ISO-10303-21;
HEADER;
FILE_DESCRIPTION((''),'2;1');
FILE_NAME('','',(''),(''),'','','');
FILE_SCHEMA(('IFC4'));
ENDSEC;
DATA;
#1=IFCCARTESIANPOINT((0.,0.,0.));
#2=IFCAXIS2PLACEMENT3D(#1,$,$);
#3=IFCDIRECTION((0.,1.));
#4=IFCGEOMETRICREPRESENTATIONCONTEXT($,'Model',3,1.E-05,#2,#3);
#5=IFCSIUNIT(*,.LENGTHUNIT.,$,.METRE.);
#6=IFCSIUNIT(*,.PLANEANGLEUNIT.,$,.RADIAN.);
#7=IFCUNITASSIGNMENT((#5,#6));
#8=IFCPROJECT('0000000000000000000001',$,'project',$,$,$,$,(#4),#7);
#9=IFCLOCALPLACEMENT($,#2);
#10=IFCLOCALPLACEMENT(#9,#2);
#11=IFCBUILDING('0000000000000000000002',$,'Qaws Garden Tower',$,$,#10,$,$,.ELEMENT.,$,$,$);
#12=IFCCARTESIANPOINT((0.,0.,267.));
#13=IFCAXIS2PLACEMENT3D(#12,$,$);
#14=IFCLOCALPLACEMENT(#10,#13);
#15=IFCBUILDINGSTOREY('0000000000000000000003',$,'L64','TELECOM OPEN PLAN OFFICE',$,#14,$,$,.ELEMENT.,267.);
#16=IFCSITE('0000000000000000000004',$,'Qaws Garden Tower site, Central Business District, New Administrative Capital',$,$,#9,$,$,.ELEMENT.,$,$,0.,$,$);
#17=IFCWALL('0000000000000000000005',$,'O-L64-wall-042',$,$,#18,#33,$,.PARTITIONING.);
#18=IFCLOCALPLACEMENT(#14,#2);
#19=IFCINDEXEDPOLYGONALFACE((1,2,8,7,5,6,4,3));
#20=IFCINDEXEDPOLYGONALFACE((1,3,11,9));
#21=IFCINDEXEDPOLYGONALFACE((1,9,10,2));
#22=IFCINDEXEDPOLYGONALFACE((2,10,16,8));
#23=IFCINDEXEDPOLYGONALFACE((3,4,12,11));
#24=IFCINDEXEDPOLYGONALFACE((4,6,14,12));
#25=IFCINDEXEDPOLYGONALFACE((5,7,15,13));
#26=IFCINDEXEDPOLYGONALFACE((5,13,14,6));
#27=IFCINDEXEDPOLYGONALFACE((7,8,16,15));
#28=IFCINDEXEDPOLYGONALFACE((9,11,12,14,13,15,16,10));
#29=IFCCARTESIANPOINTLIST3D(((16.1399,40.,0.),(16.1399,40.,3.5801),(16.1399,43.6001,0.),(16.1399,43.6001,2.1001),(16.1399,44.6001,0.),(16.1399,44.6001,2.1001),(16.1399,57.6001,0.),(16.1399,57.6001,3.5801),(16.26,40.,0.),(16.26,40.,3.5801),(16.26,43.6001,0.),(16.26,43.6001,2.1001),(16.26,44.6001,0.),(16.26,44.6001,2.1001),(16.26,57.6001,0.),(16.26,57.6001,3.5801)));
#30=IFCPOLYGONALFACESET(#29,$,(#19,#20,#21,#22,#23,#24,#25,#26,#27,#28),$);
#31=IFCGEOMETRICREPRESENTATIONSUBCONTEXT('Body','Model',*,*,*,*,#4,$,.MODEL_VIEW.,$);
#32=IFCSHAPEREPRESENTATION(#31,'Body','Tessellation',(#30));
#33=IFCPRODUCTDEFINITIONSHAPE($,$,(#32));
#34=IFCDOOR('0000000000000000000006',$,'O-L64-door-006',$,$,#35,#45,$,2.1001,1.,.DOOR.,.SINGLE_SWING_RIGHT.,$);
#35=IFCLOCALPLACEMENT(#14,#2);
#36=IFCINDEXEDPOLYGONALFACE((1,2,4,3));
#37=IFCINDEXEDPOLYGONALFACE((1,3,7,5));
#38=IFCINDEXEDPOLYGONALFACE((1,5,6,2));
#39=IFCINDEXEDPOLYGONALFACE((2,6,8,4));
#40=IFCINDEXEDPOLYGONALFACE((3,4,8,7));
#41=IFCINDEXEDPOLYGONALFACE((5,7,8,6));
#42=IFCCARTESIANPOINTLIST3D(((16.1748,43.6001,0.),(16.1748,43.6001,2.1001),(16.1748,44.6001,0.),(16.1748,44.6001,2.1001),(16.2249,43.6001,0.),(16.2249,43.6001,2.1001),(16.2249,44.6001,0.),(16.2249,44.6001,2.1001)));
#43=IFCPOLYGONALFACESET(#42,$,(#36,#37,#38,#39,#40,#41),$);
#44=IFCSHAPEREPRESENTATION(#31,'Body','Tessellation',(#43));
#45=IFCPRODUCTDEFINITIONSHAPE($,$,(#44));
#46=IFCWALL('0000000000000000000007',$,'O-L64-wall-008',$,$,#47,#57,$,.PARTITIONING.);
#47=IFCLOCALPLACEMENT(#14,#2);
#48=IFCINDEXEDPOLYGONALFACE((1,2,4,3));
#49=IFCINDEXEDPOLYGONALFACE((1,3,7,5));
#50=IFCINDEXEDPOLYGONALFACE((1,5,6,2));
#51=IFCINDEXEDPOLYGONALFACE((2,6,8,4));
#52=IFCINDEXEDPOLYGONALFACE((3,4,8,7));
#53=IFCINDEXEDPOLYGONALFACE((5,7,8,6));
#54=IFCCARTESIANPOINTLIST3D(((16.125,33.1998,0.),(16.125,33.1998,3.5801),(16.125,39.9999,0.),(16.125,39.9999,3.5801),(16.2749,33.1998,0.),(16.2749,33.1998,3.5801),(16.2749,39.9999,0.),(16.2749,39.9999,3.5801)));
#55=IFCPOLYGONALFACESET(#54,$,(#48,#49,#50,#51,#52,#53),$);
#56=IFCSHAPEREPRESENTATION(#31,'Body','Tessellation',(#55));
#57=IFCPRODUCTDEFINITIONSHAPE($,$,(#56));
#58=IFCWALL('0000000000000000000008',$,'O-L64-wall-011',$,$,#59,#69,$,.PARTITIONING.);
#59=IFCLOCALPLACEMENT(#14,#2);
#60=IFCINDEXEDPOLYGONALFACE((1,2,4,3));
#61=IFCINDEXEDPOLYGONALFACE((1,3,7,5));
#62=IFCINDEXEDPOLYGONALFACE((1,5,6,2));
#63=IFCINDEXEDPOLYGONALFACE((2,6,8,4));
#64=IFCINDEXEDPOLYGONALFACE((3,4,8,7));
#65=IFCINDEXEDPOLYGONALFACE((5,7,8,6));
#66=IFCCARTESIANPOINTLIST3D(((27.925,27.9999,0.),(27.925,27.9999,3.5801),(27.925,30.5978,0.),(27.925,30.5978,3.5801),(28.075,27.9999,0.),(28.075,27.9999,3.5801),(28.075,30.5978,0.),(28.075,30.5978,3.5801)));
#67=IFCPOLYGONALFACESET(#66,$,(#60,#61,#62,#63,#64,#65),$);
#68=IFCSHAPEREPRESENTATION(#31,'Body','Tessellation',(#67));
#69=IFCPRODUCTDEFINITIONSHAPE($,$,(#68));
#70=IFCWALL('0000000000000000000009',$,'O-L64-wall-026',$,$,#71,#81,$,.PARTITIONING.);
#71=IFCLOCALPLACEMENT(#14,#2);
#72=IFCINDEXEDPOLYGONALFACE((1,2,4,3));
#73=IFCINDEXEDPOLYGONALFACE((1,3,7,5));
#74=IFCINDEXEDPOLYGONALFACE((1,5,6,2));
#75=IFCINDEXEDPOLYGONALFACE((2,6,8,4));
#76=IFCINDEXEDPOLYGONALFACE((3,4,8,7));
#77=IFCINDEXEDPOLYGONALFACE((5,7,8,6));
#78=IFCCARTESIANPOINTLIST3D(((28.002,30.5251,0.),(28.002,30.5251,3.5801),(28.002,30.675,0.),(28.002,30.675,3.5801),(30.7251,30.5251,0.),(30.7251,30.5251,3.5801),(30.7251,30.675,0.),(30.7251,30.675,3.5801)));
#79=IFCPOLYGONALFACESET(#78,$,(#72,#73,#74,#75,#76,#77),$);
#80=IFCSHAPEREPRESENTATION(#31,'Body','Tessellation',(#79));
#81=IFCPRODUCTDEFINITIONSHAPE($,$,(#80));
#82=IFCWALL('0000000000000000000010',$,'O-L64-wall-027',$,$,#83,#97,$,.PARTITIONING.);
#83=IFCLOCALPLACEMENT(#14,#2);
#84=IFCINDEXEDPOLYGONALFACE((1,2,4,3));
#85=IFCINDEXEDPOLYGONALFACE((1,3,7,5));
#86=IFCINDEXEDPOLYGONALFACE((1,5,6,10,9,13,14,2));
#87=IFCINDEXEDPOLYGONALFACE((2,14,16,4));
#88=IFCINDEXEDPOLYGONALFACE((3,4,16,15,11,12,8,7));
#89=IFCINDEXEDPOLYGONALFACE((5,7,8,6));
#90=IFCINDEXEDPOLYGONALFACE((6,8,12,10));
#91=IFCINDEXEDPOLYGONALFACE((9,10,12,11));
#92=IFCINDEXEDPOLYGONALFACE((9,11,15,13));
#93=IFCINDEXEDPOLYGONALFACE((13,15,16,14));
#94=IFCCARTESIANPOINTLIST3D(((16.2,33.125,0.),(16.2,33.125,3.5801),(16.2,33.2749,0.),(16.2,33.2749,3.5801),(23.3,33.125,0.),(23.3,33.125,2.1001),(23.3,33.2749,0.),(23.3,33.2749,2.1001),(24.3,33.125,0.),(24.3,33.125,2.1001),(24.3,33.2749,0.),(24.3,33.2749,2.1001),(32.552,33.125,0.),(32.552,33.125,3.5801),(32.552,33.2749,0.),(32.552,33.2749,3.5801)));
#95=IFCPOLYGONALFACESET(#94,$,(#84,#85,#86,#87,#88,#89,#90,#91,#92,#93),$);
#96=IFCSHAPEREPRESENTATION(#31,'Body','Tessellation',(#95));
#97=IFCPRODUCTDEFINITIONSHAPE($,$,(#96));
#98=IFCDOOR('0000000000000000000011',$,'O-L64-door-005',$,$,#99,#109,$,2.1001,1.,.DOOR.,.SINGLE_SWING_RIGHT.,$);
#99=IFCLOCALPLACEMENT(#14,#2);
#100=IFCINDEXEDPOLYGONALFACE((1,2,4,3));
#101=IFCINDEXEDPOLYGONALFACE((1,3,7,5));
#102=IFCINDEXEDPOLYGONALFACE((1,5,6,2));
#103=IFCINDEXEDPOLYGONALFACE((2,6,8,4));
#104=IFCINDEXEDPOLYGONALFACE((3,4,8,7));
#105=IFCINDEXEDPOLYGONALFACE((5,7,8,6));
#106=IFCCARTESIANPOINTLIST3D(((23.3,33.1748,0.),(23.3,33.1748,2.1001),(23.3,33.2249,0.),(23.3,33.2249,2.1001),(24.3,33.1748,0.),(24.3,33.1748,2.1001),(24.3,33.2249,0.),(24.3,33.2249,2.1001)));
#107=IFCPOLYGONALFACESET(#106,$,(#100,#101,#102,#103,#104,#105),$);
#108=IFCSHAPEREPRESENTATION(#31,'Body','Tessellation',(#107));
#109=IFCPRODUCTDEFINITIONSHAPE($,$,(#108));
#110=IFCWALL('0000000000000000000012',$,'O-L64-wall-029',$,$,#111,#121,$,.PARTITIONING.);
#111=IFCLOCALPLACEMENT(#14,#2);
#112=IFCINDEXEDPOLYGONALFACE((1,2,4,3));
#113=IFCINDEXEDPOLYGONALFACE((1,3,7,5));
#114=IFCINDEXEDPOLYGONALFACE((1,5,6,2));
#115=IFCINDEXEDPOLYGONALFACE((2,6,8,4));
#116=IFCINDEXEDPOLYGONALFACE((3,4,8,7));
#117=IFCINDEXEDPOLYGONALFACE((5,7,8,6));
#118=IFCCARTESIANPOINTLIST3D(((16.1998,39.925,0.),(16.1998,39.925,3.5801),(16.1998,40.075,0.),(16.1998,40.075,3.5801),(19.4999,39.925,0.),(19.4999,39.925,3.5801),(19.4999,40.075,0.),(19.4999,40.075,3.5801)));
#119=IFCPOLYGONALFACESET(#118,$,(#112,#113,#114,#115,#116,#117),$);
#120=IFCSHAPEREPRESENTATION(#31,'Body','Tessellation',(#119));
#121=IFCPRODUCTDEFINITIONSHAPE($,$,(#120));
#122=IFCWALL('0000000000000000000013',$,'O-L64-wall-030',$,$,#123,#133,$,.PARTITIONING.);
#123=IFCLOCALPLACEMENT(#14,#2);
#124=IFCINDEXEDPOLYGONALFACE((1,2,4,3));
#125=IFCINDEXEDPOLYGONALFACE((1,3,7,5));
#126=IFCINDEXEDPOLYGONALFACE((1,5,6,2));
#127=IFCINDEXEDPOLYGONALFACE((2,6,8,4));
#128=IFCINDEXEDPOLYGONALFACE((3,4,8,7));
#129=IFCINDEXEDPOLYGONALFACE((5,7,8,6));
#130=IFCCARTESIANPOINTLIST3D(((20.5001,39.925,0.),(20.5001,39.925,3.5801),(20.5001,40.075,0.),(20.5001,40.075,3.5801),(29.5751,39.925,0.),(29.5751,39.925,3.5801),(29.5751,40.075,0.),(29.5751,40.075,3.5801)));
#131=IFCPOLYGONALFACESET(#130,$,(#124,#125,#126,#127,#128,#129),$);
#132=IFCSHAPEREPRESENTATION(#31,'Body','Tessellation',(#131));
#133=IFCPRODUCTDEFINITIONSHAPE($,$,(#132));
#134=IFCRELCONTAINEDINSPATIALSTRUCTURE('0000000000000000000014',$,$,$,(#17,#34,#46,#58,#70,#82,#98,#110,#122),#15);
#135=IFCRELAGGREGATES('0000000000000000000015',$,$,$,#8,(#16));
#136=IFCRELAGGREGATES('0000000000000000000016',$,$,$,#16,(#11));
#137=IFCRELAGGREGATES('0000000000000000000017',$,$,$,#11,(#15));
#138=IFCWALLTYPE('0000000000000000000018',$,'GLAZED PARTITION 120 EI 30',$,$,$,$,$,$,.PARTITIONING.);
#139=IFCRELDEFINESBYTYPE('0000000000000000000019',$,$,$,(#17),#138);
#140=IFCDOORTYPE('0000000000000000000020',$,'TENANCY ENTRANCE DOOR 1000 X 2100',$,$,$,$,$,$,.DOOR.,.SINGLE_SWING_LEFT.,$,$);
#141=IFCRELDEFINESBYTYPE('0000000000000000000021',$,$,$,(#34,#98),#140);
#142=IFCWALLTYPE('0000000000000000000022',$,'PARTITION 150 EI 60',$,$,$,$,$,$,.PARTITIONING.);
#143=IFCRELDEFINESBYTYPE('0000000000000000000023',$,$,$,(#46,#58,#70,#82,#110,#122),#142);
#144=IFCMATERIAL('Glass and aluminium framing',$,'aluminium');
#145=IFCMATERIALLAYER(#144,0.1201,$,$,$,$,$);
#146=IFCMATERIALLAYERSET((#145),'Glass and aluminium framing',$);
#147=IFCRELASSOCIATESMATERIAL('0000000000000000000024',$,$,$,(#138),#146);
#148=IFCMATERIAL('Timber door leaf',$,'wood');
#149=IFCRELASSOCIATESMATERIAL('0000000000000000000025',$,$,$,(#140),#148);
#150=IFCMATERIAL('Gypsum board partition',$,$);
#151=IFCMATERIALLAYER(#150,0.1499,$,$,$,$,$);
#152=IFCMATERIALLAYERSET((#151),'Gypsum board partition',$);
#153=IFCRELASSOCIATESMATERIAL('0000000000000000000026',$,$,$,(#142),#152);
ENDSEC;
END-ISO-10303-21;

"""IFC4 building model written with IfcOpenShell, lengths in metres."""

from ifc_helpers import new_model, si_unit, direction, frame, frame_2d, origin, place, context, subcontext, project, spatial, rectangle, extrude, material, layer, layer_set, type_object, element, fill, save


model = new_model("IFC4")

# Units and contexts
model_context = context("Model", 3, precision=1e-05, world=origin(), true_north=direction((0.0, 1.0)))
body_context = subcontext(model_context, "Body", "Model", "MODEL_VIEW")
ifc_project = project(units=[si_unit("LENGTHUNIT", "METRE"), si_unit("PLANEANGLEUNIT", "RADIAN")], contexts=[model_context])

# Site, building, storey
site_placement = place(None, origin())
site = spatial("IfcSite", under=ifc_project, at=site_placement, Name="Qaws Garden Tower site, Central Business District, New Administrative Capital", CompositionType="ELEMENT", RefElevation=0.0)
building_placement = place(site_placement, origin())
building = spatial("IfcBuilding", under=site, at=building_placement, Name="Qaws Garden Tower", CompositionType="ELEMENT")
storey_placement = place(building_placement, frame((0.0, 0.0, 267.0)))
storey = spatial("IfcBuildingStorey", under=building, at=storey_placement, Name="L64", Description="TELECOM OPEN PLAN OFFICE", CompositionType="ELEMENT", Elevation=267.0)

# Wall, opening, door
ifc_material_1 = material(Name="Glass and aluminium framing", Category="aluminium")
ifc_layer_1 = layer(ifc_material_1, 0.1201)
ifc_layer_set_1 = layer_set([ifc_layer_1], Name="Glass and aluminium framing")
wall_type_1 = type_object("IfcWallType", Name="GLAZED PARTITION 120 EI 30", PredefinedType="PARTITIONING", material=ifc_layer_set_1)
wall_1_placement = place(storey_placement, frame((16.2, 40.0, 0.0), z_axis=(0.0, 0.0, 1.0), x_axis=(0.0, 1.0, 0.0)))
wall_1 = element("IfcWall", 1, at=wall_1_placement, inside=storey, type_object=wall_type_1, Name="O-L64-wall-042", PredefinedType="PARTITIONING", context=body_context, shape_type="SweptSolid", body=[
    extrude(rectangle(XDim=17.6001, YDim=0.1201, at=frame_2d((8.8, 0.0))), origin(), (0.0, 0.0, 1.0), 3.5801),
])
opening_1_placement = place(wall_1_placement, frame((3.6001, 0.0, 0.0)))
opening_1 = element("IfcOpeningElement", 2, at=opening_1_placement, cuts=wall_1, PredefinedType="OPENING", context=body_context, shape_type="SweptSolid", body=[
    extrude(rectangle(XDim=1.0, YDim=2.1001, at=frame_2d((0.5, 1.05))), frame((0.0, 0.0701, 0.0), z_axis=(0.0, -1.0, 0.0), x_axis=(1.0, 0.0, 0.0)), (0.0, 0.0, 1.0), 0.1401),
])
ifc_material_2 = material(Name="Timber door leaf", Category="wood")
door_type_1 = type_object("IfcDoorType", Name="TENANCY ENTRANCE DOOR 1000 X 2100", OperationType="SINGLE_SWING_LEFT", PredefinedType="DOOR", material=ifc_material_2)
door_1_placement = place(opening_1_placement, frame((1.0, 0.0, 0.0), z_axis=(0.0, 0.0, 1.0), x_axis=(-1.0, 0.0, 0.0)))
door_1 = element("IfcDoor", 3, at=door_1_placement, inside=storey, type_object=door_type_1, Name="O-L64-door-006", OperationType="SINGLE_SWING_RIGHT", OverallHeight=2.1001, OverallWidth=1.0, PredefinedType="DOOR", context=body_context, shape_type="SweptSolid", body=[
    extrude(rectangle(XDim=1.0, YDim=2.1001, at=frame_2d((0.5, 1.05))), frame((0.0, 0.0249, 0.0), z_axis=(0.0, -1.0, 0.0), x_axis=(1.0, 0.0, 0.0)), (0.0, 0.0, 1.0), 0.05),
])
fill(opening_1, door_1)

# Walls
ifc_material_3 = material(Name="Gypsum board partition")
ifc_layer_2 = layer(ifc_material_3, 0.1499)
ifc_layer_set_2 = layer_set([ifc_layer_2], Name="Gypsum board partition")
wall_type_2 = type_object("IfcWallType", Name="PARTITION 150 EI 60", PredefinedType="PARTITIONING", material=ifc_layer_set_2)
wall_2_placement = place(storey_placement, frame((16.2, 33.2, 0.0), z_axis=(0.0, 0.0, 1.0), x_axis=(0.0, 1.0, 0.0)))
element("IfcWall", 4, at=wall_2_placement, inside=storey, type_object=wall_type_2, Name="O-L64-wall-008", PredefinedType="PARTITIONING", context=body_context, shape_type="SweptSolid", body=[
    extrude(rectangle(XDim=6.8, YDim=0.1499, at=frame_2d((3.3999, 0.0))), origin(), (0.0, 0.0, 1.0), 3.5801),
])
wall_3_placement = place(storey_placement, frame((28.0, 28.0, 0.0), z_axis=(0.0, 0.0, 1.0), x_axis=(0.0, 1.0, 0.0)))
element("IfcWall", 5, at=wall_3_placement, inside=storey, type_object=wall_type_2, Name="O-L64-wall-011", PredefinedType="PARTITIONING", context=body_context, shape_type="SweptSolid", body=[
    extrude(rectangle(XDim=2.5979, YDim=0.1499, at=frame_2d((1.2988, 0.0))), origin(), (0.0, 0.0, 1.0), 3.5801),
])
wall_4_placement = place(storey_placement, frame((28.002, 30.6001, 0.0), z_axis=(0.0, 0.0, 1.0), x_axis=(1.0, 0.0, 0.0)))
element("IfcWall", 6, at=wall_4_placement, inside=storey, type_object=wall_type_2, Name="O-L64-wall-026", PredefinedType="PARTITIONING", context=body_context, shape_type="SweptSolid", body=[
    extrude(rectangle(XDim=2.7231, YDim=0.1499, at=frame_2d((1.3616, 0.0))), origin(), (0.0, 0.0, 1.0), 3.5801),
])

# Wall, opening, door
wall_5_placement = place(storey_placement, frame((16.2, 33.2, 0.0), z_axis=(0.0, 0.0, 1.0), x_axis=(1.0, 0.0, 0.0)))
wall_5 = element("IfcWall", 7, at=wall_5_placement, inside=storey, type_object=wall_type_2, Name="O-L64-wall-027", PredefinedType="PARTITIONING", context=body_context, shape_type="SweptSolid", body=[
    extrude(rectangle(XDim=16.3521, YDim=0.1499, at=frame_2d((8.176, 0.0))), origin(), (0.0, 0.0, 1.0), 3.5801),
])
opening_2_placement = place(wall_5_placement, frame((7.1001, 0.0, 0.0)))
opening_2 = element("IfcOpeningElement", 8, at=opening_2_placement, cuts=wall_5, PredefinedType="OPENING", context=body_context, shape_type="SweptSolid", body=[
    extrude(rectangle(XDim=1.0, YDim=2.1001, at=frame_2d((0.5, 1.05))), frame((0.0, 0.085, 0.0), z_axis=(0.0, -1.0, 0.0), x_axis=(1.0, 0.0, 0.0)), (0.0, 0.0, 1.0), 0.1699),
])
door_2_placement = place(opening_2_placement, origin())
door_2 = element("IfcDoor", 9, at=door_2_placement, inside=storey, type_object=door_type_1, Name="O-L64-door-005", OperationType="SINGLE_SWING_RIGHT", OverallHeight=2.1001, OverallWidth=1.0, PredefinedType="DOOR", context=body_context, shape_type="SweptSolid", body=[
    extrude(rectangle(XDim=1.0, YDim=2.1001, at=frame_2d((0.5, 1.05))), frame((0.0, 0.0249, 0.0), z_axis=(0.0, -1.0, 0.0), x_axis=(1.0, 0.0, 0.0)), (0.0, 0.0, 1.0), 0.05),
])
fill(opening_2, door_2)

# Walls
wall_6_placement = place(storey_placement, frame((16.2, 40.0, 0.0), z_axis=(0.0, 0.0, 1.0), x_axis=(1.0, 0.0, 0.0)))
element("IfcWall", 10, at=wall_6_placement, inside=storey, type_object=wall_type_2, Name="O-L64-wall-029", PredefinedType="PARTITIONING", context=body_context, shape_type="SweptSolid", body=[
    extrude(rectangle(XDim=3.3, YDim=0.1499, at=frame_2d((1.6499, 0.0))), origin(), (0.0, 0.0, 1.0), 3.5801),
])
wall_7_placement = place(storey_placement, frame((20.5, 40.0, 0.0), z_axis=(0.0, 0.0, 1.0), x_axis=(1.0, 0.0, 0.0)))
element("IfcWall", 11, at=wall_7_placement, inside=storey, type_object=wall_type_2, Name="O-L64-wall-030", PredefinedType="PARTITIONING", context=body_context, shape_type="SweptSolid", body=[
    extrude(rectangle(XDim=9.075, YDim=0.1499, at=frame_2d((4.5376, 0.0))), origin(), (0.0, 0.0, 1.0), 3.5801),
])

save(model, "model.ifc")
